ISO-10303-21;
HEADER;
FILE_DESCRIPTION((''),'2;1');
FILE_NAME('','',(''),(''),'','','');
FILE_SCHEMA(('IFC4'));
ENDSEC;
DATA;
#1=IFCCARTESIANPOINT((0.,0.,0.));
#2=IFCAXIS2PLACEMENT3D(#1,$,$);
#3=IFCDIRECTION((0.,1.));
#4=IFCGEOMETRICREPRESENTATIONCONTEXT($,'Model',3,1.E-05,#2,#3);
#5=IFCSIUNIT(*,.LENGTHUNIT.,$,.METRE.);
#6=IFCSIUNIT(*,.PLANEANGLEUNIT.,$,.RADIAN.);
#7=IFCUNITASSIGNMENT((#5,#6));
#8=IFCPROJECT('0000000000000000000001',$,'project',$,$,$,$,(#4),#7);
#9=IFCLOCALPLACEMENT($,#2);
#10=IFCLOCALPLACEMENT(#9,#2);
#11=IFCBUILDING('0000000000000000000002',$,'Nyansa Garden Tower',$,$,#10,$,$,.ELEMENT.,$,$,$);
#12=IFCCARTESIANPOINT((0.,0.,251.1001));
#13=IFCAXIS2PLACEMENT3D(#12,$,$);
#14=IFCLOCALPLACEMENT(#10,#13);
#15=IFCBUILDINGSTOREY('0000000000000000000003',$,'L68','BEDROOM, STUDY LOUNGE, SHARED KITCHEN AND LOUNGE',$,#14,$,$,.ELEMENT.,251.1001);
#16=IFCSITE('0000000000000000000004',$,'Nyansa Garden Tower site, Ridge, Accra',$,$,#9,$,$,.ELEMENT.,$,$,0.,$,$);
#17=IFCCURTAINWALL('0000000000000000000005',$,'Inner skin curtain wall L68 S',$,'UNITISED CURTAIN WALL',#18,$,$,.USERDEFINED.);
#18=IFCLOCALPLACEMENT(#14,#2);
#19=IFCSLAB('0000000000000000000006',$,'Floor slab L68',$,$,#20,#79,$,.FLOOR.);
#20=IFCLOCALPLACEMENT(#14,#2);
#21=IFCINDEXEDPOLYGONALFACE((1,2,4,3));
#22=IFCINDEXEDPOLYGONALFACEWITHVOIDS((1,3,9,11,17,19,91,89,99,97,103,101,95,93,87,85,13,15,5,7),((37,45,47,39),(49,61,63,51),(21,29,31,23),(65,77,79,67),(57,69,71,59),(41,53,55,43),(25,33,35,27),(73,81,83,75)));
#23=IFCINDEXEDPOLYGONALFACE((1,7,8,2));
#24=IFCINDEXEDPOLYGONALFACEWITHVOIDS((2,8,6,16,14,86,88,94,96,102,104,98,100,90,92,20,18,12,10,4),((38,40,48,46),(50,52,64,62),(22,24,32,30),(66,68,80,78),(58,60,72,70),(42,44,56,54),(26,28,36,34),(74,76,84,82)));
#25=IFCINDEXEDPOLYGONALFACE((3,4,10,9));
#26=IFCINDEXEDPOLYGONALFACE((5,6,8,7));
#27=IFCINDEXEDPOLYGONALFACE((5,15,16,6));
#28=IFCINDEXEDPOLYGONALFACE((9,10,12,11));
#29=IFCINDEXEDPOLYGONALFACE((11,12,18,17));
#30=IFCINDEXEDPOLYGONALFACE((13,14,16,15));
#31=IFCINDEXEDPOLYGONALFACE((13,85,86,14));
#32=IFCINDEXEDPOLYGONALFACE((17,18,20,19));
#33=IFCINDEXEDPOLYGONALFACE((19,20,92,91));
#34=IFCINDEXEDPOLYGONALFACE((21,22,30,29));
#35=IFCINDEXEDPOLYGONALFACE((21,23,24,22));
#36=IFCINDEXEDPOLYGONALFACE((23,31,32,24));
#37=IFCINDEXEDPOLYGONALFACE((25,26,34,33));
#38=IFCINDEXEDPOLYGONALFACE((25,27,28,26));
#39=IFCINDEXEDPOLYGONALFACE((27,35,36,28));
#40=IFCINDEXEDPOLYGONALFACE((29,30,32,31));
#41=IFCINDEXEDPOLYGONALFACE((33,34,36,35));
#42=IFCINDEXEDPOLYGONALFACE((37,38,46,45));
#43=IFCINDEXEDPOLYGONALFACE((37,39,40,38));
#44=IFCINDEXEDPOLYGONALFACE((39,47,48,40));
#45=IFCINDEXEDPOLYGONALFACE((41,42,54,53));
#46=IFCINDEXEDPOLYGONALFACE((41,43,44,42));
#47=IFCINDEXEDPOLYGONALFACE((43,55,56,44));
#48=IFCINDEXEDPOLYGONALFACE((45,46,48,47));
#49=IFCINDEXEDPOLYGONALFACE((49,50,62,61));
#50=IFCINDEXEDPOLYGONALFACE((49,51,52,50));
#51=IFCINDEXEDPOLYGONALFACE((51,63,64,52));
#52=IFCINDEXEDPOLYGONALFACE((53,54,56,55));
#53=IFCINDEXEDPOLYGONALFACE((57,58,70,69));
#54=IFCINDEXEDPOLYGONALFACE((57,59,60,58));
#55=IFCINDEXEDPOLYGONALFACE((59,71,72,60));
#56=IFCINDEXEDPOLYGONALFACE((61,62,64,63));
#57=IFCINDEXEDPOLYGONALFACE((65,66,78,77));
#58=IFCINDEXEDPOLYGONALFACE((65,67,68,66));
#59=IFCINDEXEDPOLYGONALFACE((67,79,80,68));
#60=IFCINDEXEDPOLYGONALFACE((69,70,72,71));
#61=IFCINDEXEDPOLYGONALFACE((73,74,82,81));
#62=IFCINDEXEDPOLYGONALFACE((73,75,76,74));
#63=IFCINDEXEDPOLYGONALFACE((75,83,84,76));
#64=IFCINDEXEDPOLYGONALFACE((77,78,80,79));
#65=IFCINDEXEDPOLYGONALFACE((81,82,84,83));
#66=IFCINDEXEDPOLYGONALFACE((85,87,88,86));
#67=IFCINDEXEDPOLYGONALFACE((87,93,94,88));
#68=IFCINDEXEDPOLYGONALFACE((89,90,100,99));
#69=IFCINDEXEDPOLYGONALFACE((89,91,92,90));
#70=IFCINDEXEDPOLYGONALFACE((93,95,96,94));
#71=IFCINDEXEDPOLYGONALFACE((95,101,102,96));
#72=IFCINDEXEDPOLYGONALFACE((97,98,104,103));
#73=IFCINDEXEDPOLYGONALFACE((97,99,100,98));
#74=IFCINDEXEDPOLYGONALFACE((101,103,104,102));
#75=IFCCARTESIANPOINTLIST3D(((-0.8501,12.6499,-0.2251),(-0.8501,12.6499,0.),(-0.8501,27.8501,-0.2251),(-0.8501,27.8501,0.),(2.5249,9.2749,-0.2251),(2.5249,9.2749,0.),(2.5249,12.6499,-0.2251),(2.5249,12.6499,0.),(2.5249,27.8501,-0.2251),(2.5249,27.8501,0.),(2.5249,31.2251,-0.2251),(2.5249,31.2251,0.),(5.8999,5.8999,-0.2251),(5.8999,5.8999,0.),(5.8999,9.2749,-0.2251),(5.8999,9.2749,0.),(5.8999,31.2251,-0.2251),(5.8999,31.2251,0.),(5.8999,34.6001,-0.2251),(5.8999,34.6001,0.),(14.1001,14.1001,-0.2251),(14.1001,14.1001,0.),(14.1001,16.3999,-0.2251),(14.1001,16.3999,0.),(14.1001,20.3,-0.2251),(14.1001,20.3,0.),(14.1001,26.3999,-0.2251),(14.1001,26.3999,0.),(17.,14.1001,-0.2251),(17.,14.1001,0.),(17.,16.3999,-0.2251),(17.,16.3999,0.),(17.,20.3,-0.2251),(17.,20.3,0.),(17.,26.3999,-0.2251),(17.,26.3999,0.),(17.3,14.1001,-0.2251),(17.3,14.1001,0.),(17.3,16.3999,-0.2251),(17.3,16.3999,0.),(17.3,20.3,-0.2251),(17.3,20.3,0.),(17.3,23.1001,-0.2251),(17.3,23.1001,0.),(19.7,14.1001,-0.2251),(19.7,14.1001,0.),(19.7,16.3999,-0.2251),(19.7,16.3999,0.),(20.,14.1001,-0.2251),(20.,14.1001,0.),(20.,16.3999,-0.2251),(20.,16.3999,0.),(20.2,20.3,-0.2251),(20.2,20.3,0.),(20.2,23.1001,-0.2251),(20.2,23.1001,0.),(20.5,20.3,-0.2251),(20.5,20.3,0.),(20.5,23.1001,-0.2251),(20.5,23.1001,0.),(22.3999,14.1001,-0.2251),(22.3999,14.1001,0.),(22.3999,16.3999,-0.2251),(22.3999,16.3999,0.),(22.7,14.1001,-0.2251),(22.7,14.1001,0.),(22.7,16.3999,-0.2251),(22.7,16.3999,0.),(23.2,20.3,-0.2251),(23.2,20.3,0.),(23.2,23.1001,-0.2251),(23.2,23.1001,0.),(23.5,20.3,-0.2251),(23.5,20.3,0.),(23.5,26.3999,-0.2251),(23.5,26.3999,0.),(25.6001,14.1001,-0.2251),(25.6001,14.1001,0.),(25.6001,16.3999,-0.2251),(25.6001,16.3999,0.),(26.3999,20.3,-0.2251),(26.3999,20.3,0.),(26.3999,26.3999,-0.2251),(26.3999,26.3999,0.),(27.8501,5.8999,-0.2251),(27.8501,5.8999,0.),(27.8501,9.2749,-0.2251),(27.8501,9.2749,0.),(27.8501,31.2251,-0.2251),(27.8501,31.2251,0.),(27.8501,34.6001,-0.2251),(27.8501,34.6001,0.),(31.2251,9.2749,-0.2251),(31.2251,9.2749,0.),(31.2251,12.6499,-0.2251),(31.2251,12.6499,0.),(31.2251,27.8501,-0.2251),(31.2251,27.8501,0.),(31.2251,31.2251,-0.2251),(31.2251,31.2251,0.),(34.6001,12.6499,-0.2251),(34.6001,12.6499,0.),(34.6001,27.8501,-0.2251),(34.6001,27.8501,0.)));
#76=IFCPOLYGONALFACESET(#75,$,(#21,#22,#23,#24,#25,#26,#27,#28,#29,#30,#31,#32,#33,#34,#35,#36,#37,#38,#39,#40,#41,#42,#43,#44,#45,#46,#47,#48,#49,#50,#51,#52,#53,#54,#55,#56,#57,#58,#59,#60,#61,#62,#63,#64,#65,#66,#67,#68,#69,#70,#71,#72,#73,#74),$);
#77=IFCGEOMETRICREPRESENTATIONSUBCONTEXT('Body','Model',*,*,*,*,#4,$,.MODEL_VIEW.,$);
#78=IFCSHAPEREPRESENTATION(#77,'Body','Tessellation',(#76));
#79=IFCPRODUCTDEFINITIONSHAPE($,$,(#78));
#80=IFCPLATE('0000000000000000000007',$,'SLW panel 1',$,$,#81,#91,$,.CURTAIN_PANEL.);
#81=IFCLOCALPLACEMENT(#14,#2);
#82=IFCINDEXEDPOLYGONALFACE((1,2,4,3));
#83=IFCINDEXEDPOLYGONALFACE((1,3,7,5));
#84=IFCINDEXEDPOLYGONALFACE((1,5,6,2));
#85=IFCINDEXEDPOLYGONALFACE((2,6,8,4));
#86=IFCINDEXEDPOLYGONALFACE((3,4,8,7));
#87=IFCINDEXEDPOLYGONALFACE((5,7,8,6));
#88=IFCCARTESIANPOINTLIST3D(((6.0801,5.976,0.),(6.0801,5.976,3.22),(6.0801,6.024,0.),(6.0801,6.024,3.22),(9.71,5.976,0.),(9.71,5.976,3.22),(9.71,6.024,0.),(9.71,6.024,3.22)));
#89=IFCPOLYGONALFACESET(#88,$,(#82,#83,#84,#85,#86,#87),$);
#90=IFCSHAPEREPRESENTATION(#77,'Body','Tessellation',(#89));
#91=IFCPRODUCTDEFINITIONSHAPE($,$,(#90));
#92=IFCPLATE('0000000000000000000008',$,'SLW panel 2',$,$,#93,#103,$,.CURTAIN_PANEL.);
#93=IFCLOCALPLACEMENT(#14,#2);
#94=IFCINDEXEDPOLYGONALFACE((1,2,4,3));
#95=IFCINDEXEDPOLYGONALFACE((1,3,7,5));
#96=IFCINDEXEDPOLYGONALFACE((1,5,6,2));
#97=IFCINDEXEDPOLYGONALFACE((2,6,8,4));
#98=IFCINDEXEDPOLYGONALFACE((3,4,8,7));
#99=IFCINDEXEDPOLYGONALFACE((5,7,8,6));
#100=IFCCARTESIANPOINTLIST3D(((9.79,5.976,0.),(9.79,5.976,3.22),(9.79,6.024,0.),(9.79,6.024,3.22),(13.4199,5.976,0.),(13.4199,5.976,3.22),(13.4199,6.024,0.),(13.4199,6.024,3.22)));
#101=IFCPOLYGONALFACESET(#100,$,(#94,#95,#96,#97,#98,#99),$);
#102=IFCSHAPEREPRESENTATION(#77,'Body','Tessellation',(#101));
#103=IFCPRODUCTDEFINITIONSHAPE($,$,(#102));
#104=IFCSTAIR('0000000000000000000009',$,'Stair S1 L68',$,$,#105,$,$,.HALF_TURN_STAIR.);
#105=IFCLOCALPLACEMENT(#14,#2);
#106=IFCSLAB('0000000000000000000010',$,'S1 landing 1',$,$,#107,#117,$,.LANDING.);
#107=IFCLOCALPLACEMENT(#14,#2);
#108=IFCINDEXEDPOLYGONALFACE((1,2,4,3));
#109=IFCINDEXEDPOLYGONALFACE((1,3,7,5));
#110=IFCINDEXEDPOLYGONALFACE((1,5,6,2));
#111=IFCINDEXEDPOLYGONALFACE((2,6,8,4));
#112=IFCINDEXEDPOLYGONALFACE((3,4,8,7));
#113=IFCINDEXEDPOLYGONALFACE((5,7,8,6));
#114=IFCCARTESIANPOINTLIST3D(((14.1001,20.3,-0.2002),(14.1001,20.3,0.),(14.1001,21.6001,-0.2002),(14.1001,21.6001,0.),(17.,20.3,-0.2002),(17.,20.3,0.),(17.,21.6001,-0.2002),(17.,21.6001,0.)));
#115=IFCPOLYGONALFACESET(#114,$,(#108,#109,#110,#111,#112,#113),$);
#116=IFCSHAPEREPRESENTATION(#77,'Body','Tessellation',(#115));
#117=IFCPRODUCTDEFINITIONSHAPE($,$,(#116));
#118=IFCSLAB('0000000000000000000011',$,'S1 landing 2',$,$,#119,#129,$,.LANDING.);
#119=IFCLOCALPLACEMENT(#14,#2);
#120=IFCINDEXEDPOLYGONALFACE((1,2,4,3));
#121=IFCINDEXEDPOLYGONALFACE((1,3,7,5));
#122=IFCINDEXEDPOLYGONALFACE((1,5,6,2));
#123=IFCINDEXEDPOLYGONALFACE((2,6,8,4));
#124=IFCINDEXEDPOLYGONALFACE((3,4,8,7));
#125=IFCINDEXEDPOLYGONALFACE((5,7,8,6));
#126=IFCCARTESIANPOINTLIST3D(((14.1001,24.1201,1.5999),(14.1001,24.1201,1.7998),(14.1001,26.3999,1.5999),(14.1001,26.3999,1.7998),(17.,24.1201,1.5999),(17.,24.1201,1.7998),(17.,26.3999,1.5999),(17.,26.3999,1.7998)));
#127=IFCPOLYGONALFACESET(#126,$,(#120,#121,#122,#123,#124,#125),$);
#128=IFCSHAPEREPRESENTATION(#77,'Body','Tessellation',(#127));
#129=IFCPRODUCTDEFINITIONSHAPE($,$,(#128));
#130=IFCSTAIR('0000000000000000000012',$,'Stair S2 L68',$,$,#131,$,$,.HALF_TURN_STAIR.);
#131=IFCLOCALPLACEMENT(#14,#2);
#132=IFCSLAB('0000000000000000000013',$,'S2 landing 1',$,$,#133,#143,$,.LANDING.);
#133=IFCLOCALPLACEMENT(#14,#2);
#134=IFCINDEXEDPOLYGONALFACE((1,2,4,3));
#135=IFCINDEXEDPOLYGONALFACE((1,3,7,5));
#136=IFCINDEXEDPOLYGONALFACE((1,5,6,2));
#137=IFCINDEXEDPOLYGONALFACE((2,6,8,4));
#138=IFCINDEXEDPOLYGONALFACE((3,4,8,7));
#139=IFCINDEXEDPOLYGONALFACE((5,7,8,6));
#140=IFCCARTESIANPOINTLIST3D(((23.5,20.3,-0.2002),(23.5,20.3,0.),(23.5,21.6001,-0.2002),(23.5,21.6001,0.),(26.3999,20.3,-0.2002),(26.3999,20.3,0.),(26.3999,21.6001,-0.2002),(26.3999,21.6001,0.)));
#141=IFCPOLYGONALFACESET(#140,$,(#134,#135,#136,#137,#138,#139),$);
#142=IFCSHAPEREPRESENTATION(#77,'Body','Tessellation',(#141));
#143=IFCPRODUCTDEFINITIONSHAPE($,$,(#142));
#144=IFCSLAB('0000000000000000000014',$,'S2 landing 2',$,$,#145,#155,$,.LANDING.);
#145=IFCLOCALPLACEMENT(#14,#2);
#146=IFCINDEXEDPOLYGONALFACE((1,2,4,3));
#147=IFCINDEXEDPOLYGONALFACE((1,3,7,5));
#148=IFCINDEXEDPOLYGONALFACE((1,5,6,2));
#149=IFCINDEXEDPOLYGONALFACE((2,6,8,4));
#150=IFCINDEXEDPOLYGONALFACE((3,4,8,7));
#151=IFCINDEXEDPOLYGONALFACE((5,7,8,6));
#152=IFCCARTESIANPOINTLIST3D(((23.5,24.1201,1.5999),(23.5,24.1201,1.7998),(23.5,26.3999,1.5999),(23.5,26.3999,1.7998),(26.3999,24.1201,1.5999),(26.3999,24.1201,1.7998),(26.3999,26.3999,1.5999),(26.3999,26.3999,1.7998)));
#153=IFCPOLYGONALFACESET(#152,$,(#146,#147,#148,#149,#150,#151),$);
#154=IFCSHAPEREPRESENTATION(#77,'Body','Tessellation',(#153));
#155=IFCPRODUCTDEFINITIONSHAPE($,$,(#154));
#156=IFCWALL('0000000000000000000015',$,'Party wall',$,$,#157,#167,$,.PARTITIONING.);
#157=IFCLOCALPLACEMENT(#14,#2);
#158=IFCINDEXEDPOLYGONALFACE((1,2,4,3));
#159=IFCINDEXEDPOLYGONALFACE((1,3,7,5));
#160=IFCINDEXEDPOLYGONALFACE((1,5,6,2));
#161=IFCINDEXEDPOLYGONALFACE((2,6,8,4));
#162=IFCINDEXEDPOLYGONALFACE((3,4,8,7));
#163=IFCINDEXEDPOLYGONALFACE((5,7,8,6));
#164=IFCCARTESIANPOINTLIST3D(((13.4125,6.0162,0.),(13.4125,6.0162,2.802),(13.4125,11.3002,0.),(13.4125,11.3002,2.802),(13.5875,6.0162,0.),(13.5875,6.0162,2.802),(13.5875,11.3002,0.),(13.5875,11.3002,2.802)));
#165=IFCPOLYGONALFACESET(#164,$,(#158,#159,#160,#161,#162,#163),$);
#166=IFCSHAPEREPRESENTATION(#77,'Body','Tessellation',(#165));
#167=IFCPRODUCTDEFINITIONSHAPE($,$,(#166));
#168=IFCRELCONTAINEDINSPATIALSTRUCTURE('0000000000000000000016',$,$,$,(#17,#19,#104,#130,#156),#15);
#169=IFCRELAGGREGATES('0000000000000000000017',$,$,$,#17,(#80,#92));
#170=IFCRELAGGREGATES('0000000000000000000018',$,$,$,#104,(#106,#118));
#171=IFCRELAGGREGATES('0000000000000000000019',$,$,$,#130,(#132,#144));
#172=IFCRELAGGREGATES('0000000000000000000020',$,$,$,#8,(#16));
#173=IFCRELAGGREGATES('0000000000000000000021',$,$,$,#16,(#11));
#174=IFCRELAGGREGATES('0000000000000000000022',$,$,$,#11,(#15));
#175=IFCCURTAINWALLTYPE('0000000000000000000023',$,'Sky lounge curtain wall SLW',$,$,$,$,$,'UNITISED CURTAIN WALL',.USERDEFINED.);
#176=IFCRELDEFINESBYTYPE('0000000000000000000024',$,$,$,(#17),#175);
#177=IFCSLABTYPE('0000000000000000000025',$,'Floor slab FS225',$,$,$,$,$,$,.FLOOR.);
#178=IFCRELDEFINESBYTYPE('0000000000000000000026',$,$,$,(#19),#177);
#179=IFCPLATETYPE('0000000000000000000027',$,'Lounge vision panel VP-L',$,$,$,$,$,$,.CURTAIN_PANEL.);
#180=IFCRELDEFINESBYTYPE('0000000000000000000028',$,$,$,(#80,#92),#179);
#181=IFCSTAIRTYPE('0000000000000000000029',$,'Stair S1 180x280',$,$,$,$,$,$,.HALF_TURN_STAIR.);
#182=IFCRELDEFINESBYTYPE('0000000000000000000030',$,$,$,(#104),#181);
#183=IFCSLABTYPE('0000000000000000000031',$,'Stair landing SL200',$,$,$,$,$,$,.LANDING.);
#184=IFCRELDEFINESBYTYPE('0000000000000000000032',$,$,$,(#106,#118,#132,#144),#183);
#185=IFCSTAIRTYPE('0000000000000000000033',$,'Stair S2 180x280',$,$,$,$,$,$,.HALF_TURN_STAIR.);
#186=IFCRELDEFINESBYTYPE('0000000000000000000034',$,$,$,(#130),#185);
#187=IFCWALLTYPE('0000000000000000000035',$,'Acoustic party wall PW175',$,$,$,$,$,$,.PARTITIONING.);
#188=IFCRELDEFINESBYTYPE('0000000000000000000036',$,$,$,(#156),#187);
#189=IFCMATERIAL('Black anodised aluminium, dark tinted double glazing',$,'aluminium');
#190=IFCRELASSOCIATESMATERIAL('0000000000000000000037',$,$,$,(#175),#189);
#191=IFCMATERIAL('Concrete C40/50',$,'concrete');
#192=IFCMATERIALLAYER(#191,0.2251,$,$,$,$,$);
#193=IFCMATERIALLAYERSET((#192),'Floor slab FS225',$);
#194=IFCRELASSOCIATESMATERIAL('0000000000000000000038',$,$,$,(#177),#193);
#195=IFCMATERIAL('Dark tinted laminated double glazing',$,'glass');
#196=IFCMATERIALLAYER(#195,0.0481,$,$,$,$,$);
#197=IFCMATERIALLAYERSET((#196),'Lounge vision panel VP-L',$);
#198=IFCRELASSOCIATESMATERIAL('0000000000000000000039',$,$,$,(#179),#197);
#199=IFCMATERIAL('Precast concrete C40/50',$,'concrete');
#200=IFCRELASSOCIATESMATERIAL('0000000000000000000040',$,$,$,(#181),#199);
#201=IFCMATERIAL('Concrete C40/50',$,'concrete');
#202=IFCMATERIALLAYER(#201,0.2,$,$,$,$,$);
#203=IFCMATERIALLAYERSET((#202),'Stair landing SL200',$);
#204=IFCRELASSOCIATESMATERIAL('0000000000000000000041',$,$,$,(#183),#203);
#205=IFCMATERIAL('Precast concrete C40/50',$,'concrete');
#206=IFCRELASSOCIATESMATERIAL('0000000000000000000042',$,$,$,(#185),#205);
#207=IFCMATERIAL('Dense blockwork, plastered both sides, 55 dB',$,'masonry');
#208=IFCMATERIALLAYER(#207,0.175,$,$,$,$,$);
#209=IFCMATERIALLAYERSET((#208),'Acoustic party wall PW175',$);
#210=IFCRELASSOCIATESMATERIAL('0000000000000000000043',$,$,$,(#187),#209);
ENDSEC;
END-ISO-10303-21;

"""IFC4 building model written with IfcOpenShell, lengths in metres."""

from ifc_helpers import new_model, si_unit, direction, frame, frame_2d, origin, origin_2d, place, context, subcontext, project, spatial, polyline, rectangle, outline, extrude, material, layer, layer_set, type_object, element, aggregate, save


model = new_model("IFC4")

# Units and contexts
model_context = context("Model", 3, precision=1e-05, world=origin(), true_north=direction((0.0, 1.0)))
body_context = subcontext(model_context, "Body", "Model", "MODEL_VIEW")
ifc_project = project(units=[si_unit("LENGTHUNIT", "METRE"), si_unit("PLANEANGLEUNIT", "RADIAN")], contexts=[model_context])

# Site, building, storey
site_placement = place(None, origin())
site = spatial("IfcSite", under=ifc_project, at=site_placement, Name="Nyansa Garden Tower site, Ridge, Accra", CompositionType="ELEMENT", RefElevation=0.0)
building_placement = place(site_placement, origin())
building = spatial("IfcBuilding", under=site, at=building_placement, Name="Nyansa Garden Tower", CompositionType="ELEMENT")
storey_placement = place(building_placement, frame((0.0, 0.0, 251.1001)))
storey = spatial("IfcBuildingStorey", under=building, at=storey_placement, Name="L68", Description="BEDROOM, STUDY LOUNGE, SHARED KITCHEN AND LOUNGE", CompositionType="ELEMENT", Elevation=251.1001)

# Curtain wall
ifc_material_1 = material(Name="Black anodised aluminium, dark tinted double glazing", Category="aluminium")
curtain_wall_type = type_object("IfcCurtainWallType", Name="Sky lounge curtain wall SLW", ElementType="UNITISED CURTAIN WALL", PredefinedType="USERDEFINED", material=ifc_material_1)
curtain_wall_placement = place(storey_placement, origin())
curtain_wall = element("IfcCurtainWall", 1, at=curtain_wall_placement, inside=storey, type_object=curtain_wall_type, Name="Inner skin curtain wall L68 S", ObjectType="UNITISED CURTAIN WALL", PredefinedType="USERDEFINED")

# Slab
ifc_material_2 = material(Name="Concrete C40/50", Category="concrete")
ifc_layer_1 = layer(ifc_material_2, 0.2251)
ifc_layer_set_1 = layer_set([ifc_layer_1], Name="Floor slab FS225")
slab_type_1 = type_object("IfcSlabType", Name="Floor slab FS225", PredefinedType="FLOOR", material=ifc_layer_set_1)
slab_1_placement = place(storey_placement, frame((0.0, 0.0, -0.2251)))
element("IfcSlab", 2, at=slab_1_placement, inside=storey, type_object=slab_type_1, Name="Floor slab L68", PredefinedType="FLOOR", context=body_context, shape_type="SweptSolid", body=[
    extrude(outline(polyline([(34.6001, 12.6499), (31.2251, 12.6499), (31.2251, 9.2749), (27.8501, 9.2749), (27.8501, 5.8999), (5.8999, 5.8999), (5.8999, 9.2749), (2.5249, 9.2749), (2.5249, 12.6499), (-0.8501, 12.6499), (-0.8501, 27.8501), (2.5249, 27.8501), (2.5249, 31.2251), (5.8999, 31.2251), (5.8999, 34.6001), (27.8501, 34.6001), (27.8501, 31.2251), (31.2251, 31.2251), (31.2251, 27.8501), (34.6001, 27.8501), (34.6001, 12.6499)]), holes=[polyline([(14.1001, 14.1001), (17.0, 14.1001), (17.0, 16.3999), (14.1001, 16.3999), (14.1001, 14.1001)]), polyline([(17.3, 14.1001), (19.7, 14.1001), (19.7, 16.3999), (17.3, 16.3999), (17.3, 14.1001)]), polyline([(20.0, 14.1001), (22.3999, 14.1001), (22.3999, 16.3999), (20.0, 16.3999), (20.0, 14.1001)]), polyline([(22.7, 14.1001), (25.6001, 14.1001), (25.6001, 16.3999), (22.7, 16.3999), (22.7, 14.1001)]), polyline([(17.3, 20.3), (20.2, 20.3), (20.2, 23.1001), (17.3, 23.1001), (17.3, 20.3)]), polyline([(20.5, 20.3), (23.2, 20.3), (23.2, 23.1001), (20.5, 23.1001), (20.5, 20.3)]), polyline([(14.1001, 20.3), (17.0, 20.3), (17.0, 26.3999), (14.1001, 26.3999), (14.1001, 20.3)]), polyline([(23.5, 20.3), (26.3999, 20.3), (26.3999, 26.3999), (23.5, 26.3999), (23.5, 20.3)])]), origin(), (0.0, 0.0, 1.0), 0.2251),
])

# Plates
ifc_material_3 = material(Name="Dark tinted laminated double glazing", Category="glass")
ifc_layer_2 = layer(ifc_material_3, 0.0481)
ifc_layer_set_2 = layer_set([ifc_layer_2], Name="Lounge vision panel VP-L")
plate_type = type_object("IfcPlateType", Name="Lounge vision panel VP-L", PredefinedType="CURTAIN_PANEL", material=ifc_layer_set_2)
plate_1_placement = place(storey_placement, frame((7.895, 6.0, 0.0), z_axis=(0.0, 0.0, 1.0), x_axis=(1.0, 0.0, 0.0)))
plate_1 = element("IfcPlate", 3, at=plate_1_placement, type_object=plate_type, Name="SLW panel 1", PredefinedType="CURTAIN_PANEL", context=body_context, shape_type="SweptSolid", body=[
    extrude(rectangle(XDim=3.6299, YDim=0.0481, at=origin_2d()), origin(), (0.0, 0.0, 1.0), 3.22),
])
plate_2_placement = place(storey_placement, frame((11.605, 6.0, 0.0), z_axis=(0.0, 0.0, 1.0), x_axis=(1.0, 0.0, 0.0)))
plate_2 = element("IfcPlate", 4, at=plate_2_placement, type_object=plate_type, Name="SLW panel 2", PredefinedType="CURTAIN_PANEL", context=body_context, shape_type="SweptSolid", body=[
    extrude(rectangle(XDim=3.6299, YDim=0.0481, at=origin_2d()), origin(), (0.0, 0.0, 1.0), 3.22),
])
aggregate(curtain_wall, [plate_1, plate_2])

# Stairs, slabs
ifc_material_4 = material(Name="Precast concrete C40/50", Category="concrete")
stair_type_1 = type_object("IfcStairType", Name="Stair S1 180x280", PredefinedType="HALF_TURN_STAIR", material=ifc_material_4)
stair_1_placement = place(storey_placement, origin())
stair_1 = element("IfcStair", 5, at=stair_1_placement, inside=storey, type_object=stair_type_1, Name="Stair S1 L68", PredefinedType="HALF_TURN_STAIR")
ifc_material_5 = material(Name="Concrete C40/50", Category="concrete")
ifc_layer_3 = layer(ifc_material_5, 0.2)
ifc_layer_set_3 = layer_set([ifc_layer_3], Name="Stair landing SL200")
slab_type_2 = type_object("IfcSlabType", Name="Stair landing SL200", PredefinedType="LANDING", material=ifc_layer_set_3)
slab_2_placement = place(storey_placement, frame((0.0, 0.0, -0.2002)))
slab_2 = element("IfcSlab", 6, at=slab_2_placement, type_object=slab_type_2, Name="S1 landing 1", PredefinedType="LANDING", context=body_context, shape_type="SweptSolid", body=[
    extrude(outline(polyline([(14.1001, 20.3), (17.0, 20.3), (17.0, 21.6001), (14.1001, 21.6001), (14.1001, 20.3)])), origin(), (0.0, 0.0, 1.0), 0.2002),
])
slab_3_placement = place(storey_placement, frame((0.0, 0.0, 1.5999)))
slab_3 = element("IfcSlab", 7, at=slab_3_placement, type_object=slab_type_2, Name="S1 landing 2", PredefinedType="LANDING", context=body_context, shape_type="SweptSolid", body=[
    extrude(outline(polyline([(14.1001, 24.1201), (17.0, 24.1201), (17.0, 26.3999), (14.1001, 26.3999), (14.1001, 24.1201)])), origin(), (0.0, 0.0, 1.0), 0.2),
])
aggregate(stair_1, [slab_2, slab_3])
ifc_material_6 = material(Name="Precast concrete C40/50", Category="concrete")
stair_type_2 = type_object("IfcStairType", Name="Stair S2 180x280", PredefinedType="HALF_TURN_STAIR", material=ifc_material_6)
stair_2_placement = place(storey_placement, origin())
stair_2 = element("IfcStair", 8, at=stair_2_placement, inside=storey, type_object=stair_type_2, Name="Stair S2 L68", PredefinedType="HALF_TURN_STAIR")
slab_4_placement = place(storey_placement, frame((0.0, 0.0, -0.2002)))
slab_4 = element("IfcSlab", 9, at=slab_4_placement, type_object=slab_type_2, Name="S2 landing 1", PredefinedType="LANDING", context=body_context, shape_type="SweptSolid", body=[
    extrude(outline(polyline([(23.5, 20.3), (26.3999, 20.3), (26.3999, 21.6001), (23.5, 21.6001), (23.5, 20.3)])), origin(), (0.0, 0.0, 1.0), 0.2002),
])
slab_5_placement = place(storey_placement, frame((0.0, 0.0, 1.5999)))
slab_5 = element("IfcSlab", 10, at=slab_5_placement, type_object=slab_type_2, Name="S2 landing 2", PredefinedType="LANDING", context=body_context, shape_type="SweptSolid", body=[
    extrude(outline(polyline([(23.5, 24.1201), (26.3999, 24.1201), (26.3999, 26.3999), (23.5, 26.3999), (23.5, 24.1201)])), origin(), (0.0, 0.0, 1.0), 0.2),
])
aggregate(stair_2, [slab_4, slab_5])

# Wall
ifc_material_7 = material(Name="Dense blockwork, plastered both sides, 55 dB", Category="masonry")
ifc_layer_4 = layer(ifc_material_7, 0.175)
ifc_layer_set_4 = layer_set([ifc_layer_4], Name="Acoustic party wall PW175")
wall_type_1 = type_object("IfcWallType", Name="Acoustic party wall PW175", PredefinedType="PARTITIONING", material=ifc_layer_set_4)
wall_1_placement = place(storey_placement, frame((13.5, 6.0161, 0.0), z_axis=(0.0, 0.0, 1.0), x_axis=(0.0, 1.0, 0.0)))
element("IfcWall", 11, at=wall_1_placement, inside=storey, type_object=wall_type_1, Name="Party wall", PredefinedType="PARTITIONING", context=body_context, shape_type="SweptSolid", body=[
    extrude(rectangle(XDim=5.2839, YDim=0.175, at=frame_2d((2.6421, 0.0))), origin(), (0.0, 0.0, 1.0), 2.802),
])

save(model, "model.ifc")
